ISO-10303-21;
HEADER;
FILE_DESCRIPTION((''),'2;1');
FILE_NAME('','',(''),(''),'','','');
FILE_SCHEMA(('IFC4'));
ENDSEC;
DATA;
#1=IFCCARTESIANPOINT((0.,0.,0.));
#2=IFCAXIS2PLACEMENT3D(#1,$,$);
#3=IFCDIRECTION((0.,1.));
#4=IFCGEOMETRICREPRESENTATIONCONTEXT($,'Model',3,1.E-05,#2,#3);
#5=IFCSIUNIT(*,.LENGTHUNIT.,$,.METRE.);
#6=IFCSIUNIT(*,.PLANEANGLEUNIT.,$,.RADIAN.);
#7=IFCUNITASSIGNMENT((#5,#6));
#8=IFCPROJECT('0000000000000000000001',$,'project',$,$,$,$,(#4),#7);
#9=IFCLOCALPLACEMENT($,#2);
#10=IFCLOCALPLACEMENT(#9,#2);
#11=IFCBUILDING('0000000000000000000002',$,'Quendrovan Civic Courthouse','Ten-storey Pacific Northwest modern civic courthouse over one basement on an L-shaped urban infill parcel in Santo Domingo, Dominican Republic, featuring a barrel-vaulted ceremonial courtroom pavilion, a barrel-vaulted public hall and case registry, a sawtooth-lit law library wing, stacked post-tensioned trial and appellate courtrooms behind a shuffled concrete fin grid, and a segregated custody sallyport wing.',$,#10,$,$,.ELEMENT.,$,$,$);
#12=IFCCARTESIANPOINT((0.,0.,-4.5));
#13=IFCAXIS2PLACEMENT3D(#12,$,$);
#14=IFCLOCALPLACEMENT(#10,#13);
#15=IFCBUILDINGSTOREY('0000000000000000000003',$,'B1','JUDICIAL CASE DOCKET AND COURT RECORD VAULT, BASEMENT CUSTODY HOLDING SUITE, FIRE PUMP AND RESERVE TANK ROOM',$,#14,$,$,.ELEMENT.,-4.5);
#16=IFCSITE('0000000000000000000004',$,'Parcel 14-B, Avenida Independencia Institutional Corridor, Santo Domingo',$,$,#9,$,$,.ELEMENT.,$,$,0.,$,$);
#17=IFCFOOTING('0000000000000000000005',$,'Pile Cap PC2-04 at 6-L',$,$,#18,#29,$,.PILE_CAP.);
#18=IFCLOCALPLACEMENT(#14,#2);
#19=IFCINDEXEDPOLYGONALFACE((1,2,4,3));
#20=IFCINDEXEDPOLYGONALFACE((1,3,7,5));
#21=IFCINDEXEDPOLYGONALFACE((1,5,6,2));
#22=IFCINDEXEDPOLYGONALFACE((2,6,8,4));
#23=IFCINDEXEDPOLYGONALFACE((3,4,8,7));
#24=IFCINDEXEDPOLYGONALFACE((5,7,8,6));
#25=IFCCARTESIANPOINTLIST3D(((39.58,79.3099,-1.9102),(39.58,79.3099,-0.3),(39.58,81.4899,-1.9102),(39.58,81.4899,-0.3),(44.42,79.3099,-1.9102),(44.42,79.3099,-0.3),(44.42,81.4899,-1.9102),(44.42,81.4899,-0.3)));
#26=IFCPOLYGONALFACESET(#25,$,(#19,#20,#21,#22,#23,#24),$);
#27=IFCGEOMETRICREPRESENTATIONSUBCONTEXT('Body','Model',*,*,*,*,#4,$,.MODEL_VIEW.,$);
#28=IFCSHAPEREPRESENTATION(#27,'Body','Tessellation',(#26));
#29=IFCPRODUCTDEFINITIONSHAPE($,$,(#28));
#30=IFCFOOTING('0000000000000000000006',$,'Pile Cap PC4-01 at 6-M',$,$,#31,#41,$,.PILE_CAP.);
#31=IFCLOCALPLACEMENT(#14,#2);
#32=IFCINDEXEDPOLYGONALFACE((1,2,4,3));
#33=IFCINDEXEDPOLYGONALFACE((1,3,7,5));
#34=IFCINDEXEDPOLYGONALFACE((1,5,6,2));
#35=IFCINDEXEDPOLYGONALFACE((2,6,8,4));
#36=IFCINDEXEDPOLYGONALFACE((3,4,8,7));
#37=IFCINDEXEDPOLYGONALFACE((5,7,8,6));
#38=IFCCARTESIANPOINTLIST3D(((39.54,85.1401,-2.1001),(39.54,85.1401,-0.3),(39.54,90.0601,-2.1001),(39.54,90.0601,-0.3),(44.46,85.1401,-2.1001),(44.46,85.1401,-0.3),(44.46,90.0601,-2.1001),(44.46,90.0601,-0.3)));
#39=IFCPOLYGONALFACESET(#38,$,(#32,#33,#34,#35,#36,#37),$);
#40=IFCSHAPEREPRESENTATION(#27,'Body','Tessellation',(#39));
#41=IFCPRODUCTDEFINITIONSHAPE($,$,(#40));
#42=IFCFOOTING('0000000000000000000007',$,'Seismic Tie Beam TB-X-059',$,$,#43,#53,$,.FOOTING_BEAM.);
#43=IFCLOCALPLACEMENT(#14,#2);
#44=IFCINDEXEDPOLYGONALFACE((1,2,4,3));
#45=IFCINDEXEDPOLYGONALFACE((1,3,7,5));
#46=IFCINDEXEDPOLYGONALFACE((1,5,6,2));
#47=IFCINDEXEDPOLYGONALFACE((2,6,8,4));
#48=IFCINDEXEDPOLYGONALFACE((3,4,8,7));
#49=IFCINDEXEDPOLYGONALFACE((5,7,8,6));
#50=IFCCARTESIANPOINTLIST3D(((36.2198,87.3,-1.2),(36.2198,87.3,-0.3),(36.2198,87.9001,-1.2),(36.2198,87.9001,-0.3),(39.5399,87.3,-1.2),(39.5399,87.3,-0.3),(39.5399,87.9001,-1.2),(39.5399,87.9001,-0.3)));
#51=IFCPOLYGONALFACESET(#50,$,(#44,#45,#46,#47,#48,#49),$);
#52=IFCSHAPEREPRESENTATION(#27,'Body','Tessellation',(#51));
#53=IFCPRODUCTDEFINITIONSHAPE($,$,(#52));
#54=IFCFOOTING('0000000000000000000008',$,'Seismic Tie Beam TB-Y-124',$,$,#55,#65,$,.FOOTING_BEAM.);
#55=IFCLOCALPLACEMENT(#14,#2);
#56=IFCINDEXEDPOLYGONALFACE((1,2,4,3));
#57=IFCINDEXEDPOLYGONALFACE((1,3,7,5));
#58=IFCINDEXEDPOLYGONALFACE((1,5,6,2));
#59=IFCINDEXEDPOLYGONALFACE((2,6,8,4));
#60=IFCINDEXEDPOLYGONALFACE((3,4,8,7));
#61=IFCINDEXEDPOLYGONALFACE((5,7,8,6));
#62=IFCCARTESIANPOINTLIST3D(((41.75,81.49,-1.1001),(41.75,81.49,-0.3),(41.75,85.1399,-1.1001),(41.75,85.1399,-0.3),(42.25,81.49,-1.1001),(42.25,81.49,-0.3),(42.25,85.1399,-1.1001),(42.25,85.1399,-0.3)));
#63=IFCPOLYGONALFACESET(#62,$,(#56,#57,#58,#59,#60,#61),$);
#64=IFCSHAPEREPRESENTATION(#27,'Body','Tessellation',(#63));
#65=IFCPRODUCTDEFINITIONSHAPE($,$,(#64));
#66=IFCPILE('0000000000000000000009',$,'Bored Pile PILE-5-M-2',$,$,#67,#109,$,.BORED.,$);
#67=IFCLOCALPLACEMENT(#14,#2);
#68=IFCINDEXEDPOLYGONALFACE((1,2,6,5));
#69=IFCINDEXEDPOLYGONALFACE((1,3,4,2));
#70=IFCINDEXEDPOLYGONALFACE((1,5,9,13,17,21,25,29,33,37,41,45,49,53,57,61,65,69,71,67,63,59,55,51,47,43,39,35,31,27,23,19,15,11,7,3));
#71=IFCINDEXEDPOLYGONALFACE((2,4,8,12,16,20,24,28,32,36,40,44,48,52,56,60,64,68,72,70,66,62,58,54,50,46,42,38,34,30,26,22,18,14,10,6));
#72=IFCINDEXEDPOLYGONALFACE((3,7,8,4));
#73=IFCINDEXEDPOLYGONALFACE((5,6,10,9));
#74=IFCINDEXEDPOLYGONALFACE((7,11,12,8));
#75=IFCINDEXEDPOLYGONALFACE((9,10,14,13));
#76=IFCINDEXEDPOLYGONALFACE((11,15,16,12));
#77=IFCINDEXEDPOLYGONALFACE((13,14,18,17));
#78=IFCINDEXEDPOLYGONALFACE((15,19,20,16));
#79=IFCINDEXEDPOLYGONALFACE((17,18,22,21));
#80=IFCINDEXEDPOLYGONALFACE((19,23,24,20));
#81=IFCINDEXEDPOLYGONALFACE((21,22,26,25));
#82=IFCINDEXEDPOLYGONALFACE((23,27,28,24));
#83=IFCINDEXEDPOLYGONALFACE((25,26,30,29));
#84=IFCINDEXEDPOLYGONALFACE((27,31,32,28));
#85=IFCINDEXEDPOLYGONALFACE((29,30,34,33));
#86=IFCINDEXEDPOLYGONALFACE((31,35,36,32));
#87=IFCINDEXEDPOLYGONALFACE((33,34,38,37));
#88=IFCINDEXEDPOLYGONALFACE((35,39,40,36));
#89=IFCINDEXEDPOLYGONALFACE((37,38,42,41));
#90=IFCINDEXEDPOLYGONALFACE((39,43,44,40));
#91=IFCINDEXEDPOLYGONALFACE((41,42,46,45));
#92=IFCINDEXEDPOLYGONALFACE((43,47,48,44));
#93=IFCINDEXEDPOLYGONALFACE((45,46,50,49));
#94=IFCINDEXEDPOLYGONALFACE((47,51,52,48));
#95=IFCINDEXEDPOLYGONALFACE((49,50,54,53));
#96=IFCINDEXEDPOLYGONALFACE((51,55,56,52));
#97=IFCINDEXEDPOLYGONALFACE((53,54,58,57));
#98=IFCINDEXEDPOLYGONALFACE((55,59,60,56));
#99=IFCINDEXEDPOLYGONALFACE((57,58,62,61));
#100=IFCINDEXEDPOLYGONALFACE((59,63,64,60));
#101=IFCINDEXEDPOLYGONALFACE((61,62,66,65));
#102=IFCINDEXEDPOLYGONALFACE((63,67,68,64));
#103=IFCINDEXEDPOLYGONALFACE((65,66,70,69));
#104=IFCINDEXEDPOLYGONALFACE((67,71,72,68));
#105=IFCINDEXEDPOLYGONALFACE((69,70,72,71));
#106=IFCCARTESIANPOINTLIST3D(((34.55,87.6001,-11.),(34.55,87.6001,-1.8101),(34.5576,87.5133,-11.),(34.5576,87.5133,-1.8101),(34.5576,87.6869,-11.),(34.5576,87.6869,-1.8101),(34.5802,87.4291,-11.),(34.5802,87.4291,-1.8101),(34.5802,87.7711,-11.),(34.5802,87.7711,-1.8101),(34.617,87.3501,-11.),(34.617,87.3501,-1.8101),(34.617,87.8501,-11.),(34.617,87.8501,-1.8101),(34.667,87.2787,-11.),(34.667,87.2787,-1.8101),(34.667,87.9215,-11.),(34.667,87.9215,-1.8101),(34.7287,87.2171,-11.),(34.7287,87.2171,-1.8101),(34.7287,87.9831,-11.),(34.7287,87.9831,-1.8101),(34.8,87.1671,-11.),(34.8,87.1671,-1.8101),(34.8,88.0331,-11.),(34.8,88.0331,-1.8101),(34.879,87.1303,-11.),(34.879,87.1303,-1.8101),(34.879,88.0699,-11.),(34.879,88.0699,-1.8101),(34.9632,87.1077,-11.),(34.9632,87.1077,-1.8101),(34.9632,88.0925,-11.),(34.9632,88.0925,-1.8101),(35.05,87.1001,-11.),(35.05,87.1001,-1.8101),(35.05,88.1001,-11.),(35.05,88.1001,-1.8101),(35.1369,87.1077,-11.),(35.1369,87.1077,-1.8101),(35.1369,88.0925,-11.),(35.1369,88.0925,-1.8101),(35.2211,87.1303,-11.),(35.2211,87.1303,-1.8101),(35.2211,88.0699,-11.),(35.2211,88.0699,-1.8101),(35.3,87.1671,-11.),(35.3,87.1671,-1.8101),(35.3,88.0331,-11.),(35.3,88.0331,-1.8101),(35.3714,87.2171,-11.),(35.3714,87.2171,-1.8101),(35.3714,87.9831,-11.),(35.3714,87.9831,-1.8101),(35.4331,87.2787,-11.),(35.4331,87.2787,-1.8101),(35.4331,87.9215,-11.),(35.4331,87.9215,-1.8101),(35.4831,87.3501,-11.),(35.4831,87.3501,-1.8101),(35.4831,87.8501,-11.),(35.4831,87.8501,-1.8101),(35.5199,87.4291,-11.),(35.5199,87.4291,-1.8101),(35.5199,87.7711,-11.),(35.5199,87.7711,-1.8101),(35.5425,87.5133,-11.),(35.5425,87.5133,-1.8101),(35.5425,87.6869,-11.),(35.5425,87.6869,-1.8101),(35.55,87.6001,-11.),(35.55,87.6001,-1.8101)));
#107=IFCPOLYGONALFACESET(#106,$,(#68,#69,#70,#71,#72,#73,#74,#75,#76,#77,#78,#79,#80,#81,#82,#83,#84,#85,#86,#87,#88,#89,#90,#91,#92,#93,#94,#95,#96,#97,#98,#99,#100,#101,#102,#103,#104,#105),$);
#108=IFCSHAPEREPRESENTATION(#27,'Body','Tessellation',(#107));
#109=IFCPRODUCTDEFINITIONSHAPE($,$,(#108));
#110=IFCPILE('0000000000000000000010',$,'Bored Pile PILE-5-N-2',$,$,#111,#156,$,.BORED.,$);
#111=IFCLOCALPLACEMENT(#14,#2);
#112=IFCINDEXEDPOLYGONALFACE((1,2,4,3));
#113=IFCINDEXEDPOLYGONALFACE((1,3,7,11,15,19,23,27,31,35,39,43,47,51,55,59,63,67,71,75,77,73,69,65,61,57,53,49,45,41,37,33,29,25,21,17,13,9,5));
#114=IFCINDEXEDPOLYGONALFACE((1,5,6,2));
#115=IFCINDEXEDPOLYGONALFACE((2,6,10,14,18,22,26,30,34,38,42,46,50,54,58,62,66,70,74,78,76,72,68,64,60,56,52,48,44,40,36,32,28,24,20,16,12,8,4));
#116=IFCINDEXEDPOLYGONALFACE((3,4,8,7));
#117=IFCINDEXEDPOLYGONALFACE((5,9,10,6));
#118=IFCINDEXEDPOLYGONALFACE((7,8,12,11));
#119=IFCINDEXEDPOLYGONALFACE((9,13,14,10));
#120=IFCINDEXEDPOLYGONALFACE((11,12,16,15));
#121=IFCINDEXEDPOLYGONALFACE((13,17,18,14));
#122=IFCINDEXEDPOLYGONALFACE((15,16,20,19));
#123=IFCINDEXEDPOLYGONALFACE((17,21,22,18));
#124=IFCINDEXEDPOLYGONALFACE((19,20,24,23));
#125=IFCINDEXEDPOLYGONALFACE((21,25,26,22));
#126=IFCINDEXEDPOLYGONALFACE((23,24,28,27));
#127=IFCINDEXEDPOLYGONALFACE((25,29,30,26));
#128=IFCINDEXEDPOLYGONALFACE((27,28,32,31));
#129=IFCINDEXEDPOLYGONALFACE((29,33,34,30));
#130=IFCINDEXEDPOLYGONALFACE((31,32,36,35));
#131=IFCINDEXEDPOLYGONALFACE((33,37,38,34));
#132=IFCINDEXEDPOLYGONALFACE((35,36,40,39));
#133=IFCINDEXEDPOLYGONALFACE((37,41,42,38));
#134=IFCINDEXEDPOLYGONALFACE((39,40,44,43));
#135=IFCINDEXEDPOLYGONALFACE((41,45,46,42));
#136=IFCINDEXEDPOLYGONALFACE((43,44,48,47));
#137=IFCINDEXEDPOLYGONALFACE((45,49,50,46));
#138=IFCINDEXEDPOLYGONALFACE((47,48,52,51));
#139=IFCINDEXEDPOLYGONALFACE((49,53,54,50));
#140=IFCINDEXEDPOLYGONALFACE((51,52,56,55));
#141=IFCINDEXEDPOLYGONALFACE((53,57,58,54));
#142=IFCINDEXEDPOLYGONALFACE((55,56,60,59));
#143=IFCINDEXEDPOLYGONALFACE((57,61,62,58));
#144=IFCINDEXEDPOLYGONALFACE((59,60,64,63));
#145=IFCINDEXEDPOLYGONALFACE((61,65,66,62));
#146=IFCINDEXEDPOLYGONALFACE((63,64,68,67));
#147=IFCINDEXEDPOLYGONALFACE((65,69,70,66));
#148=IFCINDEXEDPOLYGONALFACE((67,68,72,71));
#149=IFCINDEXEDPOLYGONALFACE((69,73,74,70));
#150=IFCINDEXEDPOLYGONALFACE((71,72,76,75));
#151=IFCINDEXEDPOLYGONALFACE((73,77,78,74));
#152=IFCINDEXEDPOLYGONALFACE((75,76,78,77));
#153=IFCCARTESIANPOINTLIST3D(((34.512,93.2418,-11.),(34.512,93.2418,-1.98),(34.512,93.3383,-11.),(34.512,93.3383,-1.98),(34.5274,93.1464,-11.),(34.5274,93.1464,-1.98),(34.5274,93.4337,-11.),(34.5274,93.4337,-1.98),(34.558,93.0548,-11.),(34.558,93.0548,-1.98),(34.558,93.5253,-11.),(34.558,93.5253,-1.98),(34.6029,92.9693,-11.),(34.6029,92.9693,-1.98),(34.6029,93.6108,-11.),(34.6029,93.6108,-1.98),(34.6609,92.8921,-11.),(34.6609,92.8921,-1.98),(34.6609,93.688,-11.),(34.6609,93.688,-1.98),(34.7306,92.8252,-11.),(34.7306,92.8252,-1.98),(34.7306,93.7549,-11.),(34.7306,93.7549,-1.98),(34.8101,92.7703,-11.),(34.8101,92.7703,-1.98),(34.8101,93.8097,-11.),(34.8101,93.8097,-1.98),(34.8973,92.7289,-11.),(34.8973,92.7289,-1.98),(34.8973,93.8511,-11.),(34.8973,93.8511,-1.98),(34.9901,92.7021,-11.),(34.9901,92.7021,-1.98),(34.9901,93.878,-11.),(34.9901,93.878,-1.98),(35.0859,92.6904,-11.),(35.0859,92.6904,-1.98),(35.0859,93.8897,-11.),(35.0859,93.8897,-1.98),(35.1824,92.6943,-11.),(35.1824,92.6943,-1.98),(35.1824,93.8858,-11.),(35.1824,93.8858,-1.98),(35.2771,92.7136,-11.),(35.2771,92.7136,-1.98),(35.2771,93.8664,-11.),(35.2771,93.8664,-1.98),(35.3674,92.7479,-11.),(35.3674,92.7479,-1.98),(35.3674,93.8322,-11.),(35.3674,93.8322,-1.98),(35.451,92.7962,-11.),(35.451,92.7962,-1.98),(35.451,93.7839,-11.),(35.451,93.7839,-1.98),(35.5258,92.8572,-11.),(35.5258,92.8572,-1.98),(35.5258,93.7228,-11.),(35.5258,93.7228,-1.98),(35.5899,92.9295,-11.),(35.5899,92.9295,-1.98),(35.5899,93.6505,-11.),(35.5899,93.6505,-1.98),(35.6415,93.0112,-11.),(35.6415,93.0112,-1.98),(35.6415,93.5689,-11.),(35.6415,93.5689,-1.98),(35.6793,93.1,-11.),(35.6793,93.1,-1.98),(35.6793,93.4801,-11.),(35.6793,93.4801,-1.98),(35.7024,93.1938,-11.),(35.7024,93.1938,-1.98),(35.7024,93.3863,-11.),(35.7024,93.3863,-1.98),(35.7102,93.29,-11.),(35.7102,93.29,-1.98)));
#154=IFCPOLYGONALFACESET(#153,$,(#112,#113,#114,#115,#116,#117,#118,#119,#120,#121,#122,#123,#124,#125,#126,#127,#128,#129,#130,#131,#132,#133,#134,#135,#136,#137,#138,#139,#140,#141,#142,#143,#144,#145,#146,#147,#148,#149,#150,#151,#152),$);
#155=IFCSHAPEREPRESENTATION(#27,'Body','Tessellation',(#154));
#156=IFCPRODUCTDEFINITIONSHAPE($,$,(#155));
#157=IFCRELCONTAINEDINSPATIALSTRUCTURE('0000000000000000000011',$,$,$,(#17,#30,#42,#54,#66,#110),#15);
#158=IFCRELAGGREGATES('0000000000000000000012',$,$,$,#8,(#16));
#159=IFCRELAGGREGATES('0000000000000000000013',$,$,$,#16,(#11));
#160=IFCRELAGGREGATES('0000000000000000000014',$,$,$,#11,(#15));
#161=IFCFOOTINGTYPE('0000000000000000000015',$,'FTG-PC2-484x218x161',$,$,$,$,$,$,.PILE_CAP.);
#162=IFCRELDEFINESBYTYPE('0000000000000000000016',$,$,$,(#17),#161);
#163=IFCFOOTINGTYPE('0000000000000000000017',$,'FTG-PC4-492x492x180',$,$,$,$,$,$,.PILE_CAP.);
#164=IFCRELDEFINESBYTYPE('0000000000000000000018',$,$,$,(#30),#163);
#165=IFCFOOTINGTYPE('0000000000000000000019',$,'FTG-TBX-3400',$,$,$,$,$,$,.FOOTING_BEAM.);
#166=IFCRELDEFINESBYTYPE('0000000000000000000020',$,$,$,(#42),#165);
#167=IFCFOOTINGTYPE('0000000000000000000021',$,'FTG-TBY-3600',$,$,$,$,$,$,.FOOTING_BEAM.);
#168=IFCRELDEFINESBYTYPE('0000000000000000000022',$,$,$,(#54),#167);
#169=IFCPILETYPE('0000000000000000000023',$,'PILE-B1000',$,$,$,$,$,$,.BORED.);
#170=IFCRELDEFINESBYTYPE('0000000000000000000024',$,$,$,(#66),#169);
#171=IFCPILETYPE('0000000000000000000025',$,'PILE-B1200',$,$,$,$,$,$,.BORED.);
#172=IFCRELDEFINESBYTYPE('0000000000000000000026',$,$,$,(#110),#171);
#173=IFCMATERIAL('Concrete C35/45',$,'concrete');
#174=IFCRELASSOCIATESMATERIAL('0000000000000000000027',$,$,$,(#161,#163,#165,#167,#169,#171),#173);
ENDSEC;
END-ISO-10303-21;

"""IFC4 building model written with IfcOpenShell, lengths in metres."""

from ifc_helpers import new_model, si_unit, direction, frame, origin, origin_2d, place, context, subcontext, project, spatial, rectangle, circle, extrude, material, material_profile, profile_set, type_object, element, save


model = new_model("IFC4")

# Units and contexts
model_context = context("Model", 3, precision=1e-05, world=origin(), true_north=direction((0.0, 1.0)))
body_context = subcontext(model_context, "Body", "Model", "MODEL_VIEW")
ifc_project = project(units=[si_unit("LENGTHUNIT", "METRE"), si_unit("PLANEANGLEUNIT", "RADIAN")], contexts=[model_context])

# Site, building, storey
site_placement = place(None, origin())
site = spatial("IfcSite", under=ifc_project, at=site_placement, Name="Parcel 14-B, Avenida Independencia Institutional Corridor, Santo Domingo", CompositionType="ELEMENT", RefElevation=0.0)
building_placement = place(site_placement, origin())
building = spatial("IfcBuilding", under=site, at=building_placement, Name="Quendrovan Civic Courthouse", Description="Ten-storey Pacific Northwest modern civic courthouse over one basement on an L-shaped urban infill parcel in Santo Domingo, Dominican Republic, featuring a barrel-vaulted ceremonial courtroom pavilion, a barrel-vaulted public hall and case registry, a sawtooth-lit law library wing, stacked post-tensioned trial and appellate courtrooms behind a shuffled concrete fin grid, and a segregated custody sallyport wing.", CompositionType="ELEMENT")
storey_placement = place(building_placement, frame((0.0, 0.0, -4.5)))
storey = spatial("IfcBuildingStorey", under=building, at=storey_placement, Name="B1", Description="JUDICIAL CASE DOCKET AND COURT RECORD VAULT, BASEMENT CUSTODY HOLDING SUITE, FIRE PUMP AND RESERVE TANK ROOM", CompositionType="ELEMENT", Elevation=-4.5)

# Footings
ifc_material_1 = material(Name="Concrete C35/45", Category="concrete")
footing_type_1 = type_object("IfcFootingType", Name="FTG-PC2-484x218x161", PredefinedType="PILE_CAP", material=ifc_material_1)
footing_1_placement = place(storey_placement, frame((42.0, 80.3999, -1.9102), z_axis=(0.0, 0.0, 1.0), x_axis=(1.0, 0.0, 0.0)))
element("IfcFooting", 1, at=footing_1_placement, inside=storey, type_object=footing_type_1, Name="Pile Cap PC2-04 at 6-L", PredefinedType="PILE_CAP", context=body_context, shape_type="SweptSolid", body=[
    extrude(rectangle(XDim=4.8401, YDim=2.1799, at=origin_2d()), origin(), (0.0, 0.0, 1.0), 1.6101),
])
footing_type_2 = type_object("IfcFootingType", Name="FTG-PC4-492x492x180", PredefinedType="PILE_CAP", material=ifc_material_1)
footing_2_placement = place(storey_placement, frame((42.0, 87.6001, -2.1001), z_axis=(0.0, 0.0, 1.0), x_axis=(1.0, 0.0, 0.0)))
element("IfcFooting", 2, at=footing_2_placement, inside=storey, type_object=footing_type_2, Name="Pile Cap PC4-01 at 6-M", PredefinedType="PILE_CAP", context=body_context, shape_type="SweptSolid", body=[
    extrude(rectangle(XDim=4.9199, YDim=4.9199, at=origin_2d()), origin(), (0.0, 0.0, 1.0), 1.8),
])
footing_type_3 = type_object("IfcFootingType", Name="FTG-TBX-3400", PredefinedType="FOOTING_BEAM", material=ifc_material_1)
footing_3_placement = place(storey_placement, frame((37.8799, 87.6001, -1.2), z_axis=(0.0, 0.0, 1.0), x_axis=(1.0, 0.0, 0.0)))
element("IfcFooting", 3, at=footing_3_placement, inside=storey, type_object=footing_type_3, Name="Seismic Tie Beam TB-X-059", PredefinedType="FOOTING_BEAM", context=body_context, shape_type="SweptSolid", body=[
    extrude(rectangle(XDim=3.3201, YDim=0.6001, at=origin_2d()), origin(), (0.0, 0.0, 1.0), 0.8999),
])
footing_type_4 = type_object("IfcFootingType", Name="FTG-TBY-3600", PredefinedType="FOOTING_BEAM", material=ifc_material_1)
footing_4_placement = place(storey_placement, frame((42.0, 83.3149, -1.1001), z_axis=(0.0, 0.0, 1.0), x_axis=(1.0, 0.0, 0.0)))
element("IfcFooting", 4, at=footing_4_placement, inside=storey, type_object=footing_type_4, Name="Seismic Tie Beam TB-Y-124", PredefinedType="FOOTING_BEAM", context=body_context, shape_type="SweptSolid", body=[
    extrude(rectangle(XDim=0.5, YDim=3.6499, at=origin_2d()), origin(), (0.0, 0.0, 1.0), 0.8),
])

# Piles
ifc_material_profile_1 = material_profile(ifc_material_1, circle(Radius=0.5, at=origin_2d()), Name="PILE-D1000")
ifc_profile_set_1 = profile_set([ifc_material_profile_1], Name="Concrete C35/45")
pile_type_1 = type_object("IfcPileType", Name="PILE-B1000", PredefinedType="BORED", material=ifc_profile_set_1)
pile_1_placement = place(storey_placement, frame((35.05, 87.6001, -1.8101), z_axis=(0.0, 0.0, -1.0), x_axis=(1.0, 0.0, 0.0)))
element("IfcPile", 5, at=pile_1_placement, inside=storey, type_object=pile_type_1, Name="Bored Pile PILE-5-M-2", PredefinedType="BORED", context=body_context, shape_type="SweptSolid", body=[
    extrude(circle(Radius=0.5, at=origin_2d()), origin(), (0.0, 0.0, 1.0), 9.1899),
])
ifc_material_profile_2 = material_profile(ifc_material_1, circle(Radius=0.6001, at=origin_2d()), Name="PILE-D1200")
ifc_profile_set_2 = profile_set([ifc_material_profile_2], Name="Concrete C35/45")
pile_type_2 = type_object("IfcPileType", Name="PILE-B1200", PredefinedType="BORED", material=ifc_profile_set_2)
pile_2_placement = place(storey_placement, frame((35.1101, 93.29, -1.98), z_axis=(0.0, 0.0, -1.0), x_axis=(1.0, 0.0, 0.0)))
element("IfcPile", 6, at=pile_2_placement, inside=storey, type_object=pile_type_2, Name="Bored Pile PILE-5-N-2", PredefinedType="BORED", context=body_context, shape_type="SweptSolid", body=[
    extrude(circle(Radius=0.6001, at=origin_2d()), origin(), (0.0, 0.0, 1.0), 9.02),
])

save(model, "model.ifc")
